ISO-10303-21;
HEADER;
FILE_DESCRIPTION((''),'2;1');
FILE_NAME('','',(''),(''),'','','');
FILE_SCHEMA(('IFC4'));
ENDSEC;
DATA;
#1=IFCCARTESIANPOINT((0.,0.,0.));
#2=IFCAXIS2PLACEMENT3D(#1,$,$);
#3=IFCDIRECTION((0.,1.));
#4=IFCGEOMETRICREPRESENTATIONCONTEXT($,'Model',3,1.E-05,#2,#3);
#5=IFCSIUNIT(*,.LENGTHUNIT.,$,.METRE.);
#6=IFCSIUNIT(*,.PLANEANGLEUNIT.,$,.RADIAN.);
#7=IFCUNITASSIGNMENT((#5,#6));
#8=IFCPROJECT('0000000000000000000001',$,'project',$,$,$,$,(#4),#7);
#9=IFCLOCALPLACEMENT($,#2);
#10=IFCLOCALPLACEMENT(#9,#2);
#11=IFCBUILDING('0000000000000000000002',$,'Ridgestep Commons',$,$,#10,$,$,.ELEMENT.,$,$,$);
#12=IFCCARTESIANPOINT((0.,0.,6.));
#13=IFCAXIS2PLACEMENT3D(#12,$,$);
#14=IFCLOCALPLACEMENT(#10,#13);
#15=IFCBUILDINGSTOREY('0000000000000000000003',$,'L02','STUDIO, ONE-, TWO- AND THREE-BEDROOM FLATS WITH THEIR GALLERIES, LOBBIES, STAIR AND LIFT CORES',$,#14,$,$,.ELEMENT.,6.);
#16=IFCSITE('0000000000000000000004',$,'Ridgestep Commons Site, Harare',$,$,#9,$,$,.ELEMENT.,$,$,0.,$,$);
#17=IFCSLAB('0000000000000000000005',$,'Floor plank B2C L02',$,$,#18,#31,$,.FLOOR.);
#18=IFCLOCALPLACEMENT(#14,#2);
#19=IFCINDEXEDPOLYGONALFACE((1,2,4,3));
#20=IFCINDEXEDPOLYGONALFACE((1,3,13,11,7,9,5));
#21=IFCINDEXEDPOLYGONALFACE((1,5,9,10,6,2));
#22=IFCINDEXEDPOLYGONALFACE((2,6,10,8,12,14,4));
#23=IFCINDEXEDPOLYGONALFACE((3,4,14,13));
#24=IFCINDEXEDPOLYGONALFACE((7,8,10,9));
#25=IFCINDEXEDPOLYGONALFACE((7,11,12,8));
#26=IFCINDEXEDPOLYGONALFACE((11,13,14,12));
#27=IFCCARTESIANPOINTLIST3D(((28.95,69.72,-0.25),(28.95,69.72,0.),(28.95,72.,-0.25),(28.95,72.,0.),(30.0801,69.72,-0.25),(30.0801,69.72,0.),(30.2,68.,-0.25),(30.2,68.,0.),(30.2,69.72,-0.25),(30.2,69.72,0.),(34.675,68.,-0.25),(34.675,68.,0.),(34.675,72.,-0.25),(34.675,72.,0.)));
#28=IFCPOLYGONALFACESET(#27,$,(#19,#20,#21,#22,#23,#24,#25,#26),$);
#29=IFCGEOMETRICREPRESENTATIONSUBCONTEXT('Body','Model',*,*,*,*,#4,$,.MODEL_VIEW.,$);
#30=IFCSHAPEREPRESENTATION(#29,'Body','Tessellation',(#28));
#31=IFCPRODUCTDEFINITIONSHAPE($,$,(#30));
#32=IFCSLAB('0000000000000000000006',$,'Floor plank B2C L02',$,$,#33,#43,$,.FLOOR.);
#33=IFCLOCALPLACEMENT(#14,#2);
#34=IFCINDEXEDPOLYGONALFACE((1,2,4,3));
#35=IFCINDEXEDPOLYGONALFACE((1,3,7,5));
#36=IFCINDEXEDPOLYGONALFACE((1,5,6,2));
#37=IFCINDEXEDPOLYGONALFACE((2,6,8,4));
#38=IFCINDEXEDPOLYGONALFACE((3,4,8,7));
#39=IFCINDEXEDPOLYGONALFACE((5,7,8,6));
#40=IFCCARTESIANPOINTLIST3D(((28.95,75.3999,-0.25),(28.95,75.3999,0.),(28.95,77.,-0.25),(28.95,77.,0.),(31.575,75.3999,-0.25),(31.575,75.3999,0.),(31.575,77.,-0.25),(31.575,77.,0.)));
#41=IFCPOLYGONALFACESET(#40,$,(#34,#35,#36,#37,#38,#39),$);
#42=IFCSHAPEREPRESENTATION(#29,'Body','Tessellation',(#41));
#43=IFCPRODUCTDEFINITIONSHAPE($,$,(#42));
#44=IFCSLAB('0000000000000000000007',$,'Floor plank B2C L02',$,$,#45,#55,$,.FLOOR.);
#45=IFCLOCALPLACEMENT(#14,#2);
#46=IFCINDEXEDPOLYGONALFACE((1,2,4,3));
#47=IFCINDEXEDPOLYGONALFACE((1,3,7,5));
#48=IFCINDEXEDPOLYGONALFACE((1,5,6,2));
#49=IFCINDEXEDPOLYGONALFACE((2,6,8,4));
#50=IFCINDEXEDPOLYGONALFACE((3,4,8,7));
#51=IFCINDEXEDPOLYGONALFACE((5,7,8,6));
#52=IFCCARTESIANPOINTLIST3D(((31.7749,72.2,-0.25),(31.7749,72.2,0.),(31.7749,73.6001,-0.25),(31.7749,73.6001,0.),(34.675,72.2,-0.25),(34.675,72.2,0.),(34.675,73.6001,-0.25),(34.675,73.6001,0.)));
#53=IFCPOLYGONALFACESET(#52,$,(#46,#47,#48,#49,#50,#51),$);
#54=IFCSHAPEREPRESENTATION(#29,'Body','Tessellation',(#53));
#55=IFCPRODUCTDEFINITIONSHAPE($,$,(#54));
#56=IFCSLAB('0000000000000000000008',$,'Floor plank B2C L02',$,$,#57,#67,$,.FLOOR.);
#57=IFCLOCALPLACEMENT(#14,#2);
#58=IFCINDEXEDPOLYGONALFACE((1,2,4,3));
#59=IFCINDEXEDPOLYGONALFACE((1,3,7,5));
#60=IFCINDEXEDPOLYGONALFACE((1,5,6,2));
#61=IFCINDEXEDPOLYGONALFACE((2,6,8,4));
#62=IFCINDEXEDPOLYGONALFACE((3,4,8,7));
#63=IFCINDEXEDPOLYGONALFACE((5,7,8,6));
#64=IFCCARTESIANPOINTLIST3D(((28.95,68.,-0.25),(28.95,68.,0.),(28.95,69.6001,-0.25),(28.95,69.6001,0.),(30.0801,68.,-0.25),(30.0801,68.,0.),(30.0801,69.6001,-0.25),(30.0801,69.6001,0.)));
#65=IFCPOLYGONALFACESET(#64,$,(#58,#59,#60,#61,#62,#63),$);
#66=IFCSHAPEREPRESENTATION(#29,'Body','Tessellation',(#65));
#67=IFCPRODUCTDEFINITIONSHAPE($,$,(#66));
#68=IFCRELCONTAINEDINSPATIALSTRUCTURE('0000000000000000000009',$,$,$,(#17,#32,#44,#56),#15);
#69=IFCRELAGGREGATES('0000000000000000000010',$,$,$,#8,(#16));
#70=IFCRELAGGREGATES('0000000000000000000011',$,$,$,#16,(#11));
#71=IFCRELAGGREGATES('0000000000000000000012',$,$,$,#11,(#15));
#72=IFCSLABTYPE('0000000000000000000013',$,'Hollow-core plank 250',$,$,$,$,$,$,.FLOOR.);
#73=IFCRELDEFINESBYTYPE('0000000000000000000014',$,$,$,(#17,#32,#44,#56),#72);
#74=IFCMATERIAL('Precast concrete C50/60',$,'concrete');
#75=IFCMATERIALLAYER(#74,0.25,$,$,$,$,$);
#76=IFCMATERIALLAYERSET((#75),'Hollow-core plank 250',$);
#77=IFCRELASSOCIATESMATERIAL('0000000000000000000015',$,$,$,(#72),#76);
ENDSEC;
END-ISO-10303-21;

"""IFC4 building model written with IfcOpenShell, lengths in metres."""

from ifc_helpers import new_model, si_unit, direction, frame, origin, place, context, subcontext, project, spatial, polyline, outline, extrude, material, layer, layer_set, type_object, element, save


model = new_model("IFC4")

# Units and contexts
model_context = context("Model", 3, precision=1e-05, world=origin(), true_north=direction((0.0, 1.0)))
body_context = subcontext(model_context, "Body", "Model", "MODEL_VIEW")
ifc_project = project(units=[si_unit("LENGTHUNIT", "METRE"), si_unit("PLANEANGLEUNIT", "RADIAN")], contexts=[model_context])

# Site, building, storey
site_placement = place(None, origin())
site = spatial("IfcSite", under=ifc_project, at=site_placement, Name="Ridgestep Commons Site, Harare", CompositionType="ELEMENT", RefElevation=0.0)
building_placement = place(site_placement, origin())
building = spatial("IfcBuilding", under=site, at=building_placement, Name="Ridgestep Commons", CompositionType="ELEMENT")
storey_placement = place(building_placement, frame((0.0, 0.0, 6.0)))
storey = spatial("IfcBuildingStorey", under=building, at=storey_placement, Name="L02", Description="STUDIO, ONE-, TWO- AND THREE-BEDROOM FLATS WITH THEIR GALLERIES, LOBBIES, STAIR AND LIFT CORES", CompositionType="ELEMENT", Elevation=6.0)

# Slabs
ifc_material = material(Name="Precast concrete C50/60", Category="concrete")
ifc_layer = layer(ifc_material, 0.25)
ifc_layer_set = layer_set([ifc_layer], Name="Hollow-core plank 250")
slab_type = type_object("IfcSlabType", Name="Hollow-core plank 250", PredefinedType="FLOOR", material=ifc_layer_set)
slab_1_placement = place(storey_placement, frame((0.0, 0.0, -0.25)))
element("IfcSlab", 1, at=slab_1_placement, inside=storey, type_object=slab_type, Name="Floor plank B2C L02", PredefinedType="FLOOR", context=body_context, shape_type="SweptSolid", body=[
    extrude(outline(polyline([(30.2, 68.0), (34.675, 68.0), (34.675, 72.0), (28.95, 72.0), (28.95, 69.72), (30.0801, 69.72), (30.2, 69.72), (30.2, 68.0)])), origin(), (0.0, 0.0, 1.0), 0.25),
])
slab_2_placement = place(storey_placement, frame((0.0, 0.0, -0.25)))
element("IfcSlab", 2, at=slab_2_placement, inside=storey, type_object=slab_type, Name="Floor plank B2C L02", PredefinedType="FLOOR", context=body_context, shape_type="SweptSolid", body=[
    extrude(outline(polyline([(31.575, 77.0), (28.95, 77.0), (28.95, 75.3999), (31.575, 75.3999), (31.575, 77.0)])), origin(), (0.0, 0.0, 1.0), 0.25),
])
slab_3_placement = place(storey_placement, frame((0.0, 0.0, -0.25)))
element("IfcSlab", 3, at=slab_3_placement, inside=storey, type_object=slab_type, Name="Floor plank B2C L02", PredefinedType="FLOOR", context=body_context, shape_type="SweptSolid", body=[
    extrude(outline(polyline([(34.675, 72.2), (34.675, 73.6001), (31.7749, 73.6001), (31.7749, 72.2), (34.675, 72.2)])), origin(), (0.0, 0.0, 1.0), 0.25),
])
slab_4_placement = place(storey_placement, frame((0.0, 0.0, -0.25)))
element("IfcSlab", 4, at=slab_4_placement, inside=storey, type_object=slab_type, Name="Floor plank B2C L02", PredefinedType="FLOOR", context=body_context, shape_type="SweptSolid", body=[
    extrude(outline(polyline([(30.0801, 69.6001), (28.95, 69.6001), (28.95, 68.0), (30.0801, 68.0), (30.0801, 69.6001)])), origin(), (0.0, 0.0, 1.0), 0.25),
])

save(model, "model.ifc")
